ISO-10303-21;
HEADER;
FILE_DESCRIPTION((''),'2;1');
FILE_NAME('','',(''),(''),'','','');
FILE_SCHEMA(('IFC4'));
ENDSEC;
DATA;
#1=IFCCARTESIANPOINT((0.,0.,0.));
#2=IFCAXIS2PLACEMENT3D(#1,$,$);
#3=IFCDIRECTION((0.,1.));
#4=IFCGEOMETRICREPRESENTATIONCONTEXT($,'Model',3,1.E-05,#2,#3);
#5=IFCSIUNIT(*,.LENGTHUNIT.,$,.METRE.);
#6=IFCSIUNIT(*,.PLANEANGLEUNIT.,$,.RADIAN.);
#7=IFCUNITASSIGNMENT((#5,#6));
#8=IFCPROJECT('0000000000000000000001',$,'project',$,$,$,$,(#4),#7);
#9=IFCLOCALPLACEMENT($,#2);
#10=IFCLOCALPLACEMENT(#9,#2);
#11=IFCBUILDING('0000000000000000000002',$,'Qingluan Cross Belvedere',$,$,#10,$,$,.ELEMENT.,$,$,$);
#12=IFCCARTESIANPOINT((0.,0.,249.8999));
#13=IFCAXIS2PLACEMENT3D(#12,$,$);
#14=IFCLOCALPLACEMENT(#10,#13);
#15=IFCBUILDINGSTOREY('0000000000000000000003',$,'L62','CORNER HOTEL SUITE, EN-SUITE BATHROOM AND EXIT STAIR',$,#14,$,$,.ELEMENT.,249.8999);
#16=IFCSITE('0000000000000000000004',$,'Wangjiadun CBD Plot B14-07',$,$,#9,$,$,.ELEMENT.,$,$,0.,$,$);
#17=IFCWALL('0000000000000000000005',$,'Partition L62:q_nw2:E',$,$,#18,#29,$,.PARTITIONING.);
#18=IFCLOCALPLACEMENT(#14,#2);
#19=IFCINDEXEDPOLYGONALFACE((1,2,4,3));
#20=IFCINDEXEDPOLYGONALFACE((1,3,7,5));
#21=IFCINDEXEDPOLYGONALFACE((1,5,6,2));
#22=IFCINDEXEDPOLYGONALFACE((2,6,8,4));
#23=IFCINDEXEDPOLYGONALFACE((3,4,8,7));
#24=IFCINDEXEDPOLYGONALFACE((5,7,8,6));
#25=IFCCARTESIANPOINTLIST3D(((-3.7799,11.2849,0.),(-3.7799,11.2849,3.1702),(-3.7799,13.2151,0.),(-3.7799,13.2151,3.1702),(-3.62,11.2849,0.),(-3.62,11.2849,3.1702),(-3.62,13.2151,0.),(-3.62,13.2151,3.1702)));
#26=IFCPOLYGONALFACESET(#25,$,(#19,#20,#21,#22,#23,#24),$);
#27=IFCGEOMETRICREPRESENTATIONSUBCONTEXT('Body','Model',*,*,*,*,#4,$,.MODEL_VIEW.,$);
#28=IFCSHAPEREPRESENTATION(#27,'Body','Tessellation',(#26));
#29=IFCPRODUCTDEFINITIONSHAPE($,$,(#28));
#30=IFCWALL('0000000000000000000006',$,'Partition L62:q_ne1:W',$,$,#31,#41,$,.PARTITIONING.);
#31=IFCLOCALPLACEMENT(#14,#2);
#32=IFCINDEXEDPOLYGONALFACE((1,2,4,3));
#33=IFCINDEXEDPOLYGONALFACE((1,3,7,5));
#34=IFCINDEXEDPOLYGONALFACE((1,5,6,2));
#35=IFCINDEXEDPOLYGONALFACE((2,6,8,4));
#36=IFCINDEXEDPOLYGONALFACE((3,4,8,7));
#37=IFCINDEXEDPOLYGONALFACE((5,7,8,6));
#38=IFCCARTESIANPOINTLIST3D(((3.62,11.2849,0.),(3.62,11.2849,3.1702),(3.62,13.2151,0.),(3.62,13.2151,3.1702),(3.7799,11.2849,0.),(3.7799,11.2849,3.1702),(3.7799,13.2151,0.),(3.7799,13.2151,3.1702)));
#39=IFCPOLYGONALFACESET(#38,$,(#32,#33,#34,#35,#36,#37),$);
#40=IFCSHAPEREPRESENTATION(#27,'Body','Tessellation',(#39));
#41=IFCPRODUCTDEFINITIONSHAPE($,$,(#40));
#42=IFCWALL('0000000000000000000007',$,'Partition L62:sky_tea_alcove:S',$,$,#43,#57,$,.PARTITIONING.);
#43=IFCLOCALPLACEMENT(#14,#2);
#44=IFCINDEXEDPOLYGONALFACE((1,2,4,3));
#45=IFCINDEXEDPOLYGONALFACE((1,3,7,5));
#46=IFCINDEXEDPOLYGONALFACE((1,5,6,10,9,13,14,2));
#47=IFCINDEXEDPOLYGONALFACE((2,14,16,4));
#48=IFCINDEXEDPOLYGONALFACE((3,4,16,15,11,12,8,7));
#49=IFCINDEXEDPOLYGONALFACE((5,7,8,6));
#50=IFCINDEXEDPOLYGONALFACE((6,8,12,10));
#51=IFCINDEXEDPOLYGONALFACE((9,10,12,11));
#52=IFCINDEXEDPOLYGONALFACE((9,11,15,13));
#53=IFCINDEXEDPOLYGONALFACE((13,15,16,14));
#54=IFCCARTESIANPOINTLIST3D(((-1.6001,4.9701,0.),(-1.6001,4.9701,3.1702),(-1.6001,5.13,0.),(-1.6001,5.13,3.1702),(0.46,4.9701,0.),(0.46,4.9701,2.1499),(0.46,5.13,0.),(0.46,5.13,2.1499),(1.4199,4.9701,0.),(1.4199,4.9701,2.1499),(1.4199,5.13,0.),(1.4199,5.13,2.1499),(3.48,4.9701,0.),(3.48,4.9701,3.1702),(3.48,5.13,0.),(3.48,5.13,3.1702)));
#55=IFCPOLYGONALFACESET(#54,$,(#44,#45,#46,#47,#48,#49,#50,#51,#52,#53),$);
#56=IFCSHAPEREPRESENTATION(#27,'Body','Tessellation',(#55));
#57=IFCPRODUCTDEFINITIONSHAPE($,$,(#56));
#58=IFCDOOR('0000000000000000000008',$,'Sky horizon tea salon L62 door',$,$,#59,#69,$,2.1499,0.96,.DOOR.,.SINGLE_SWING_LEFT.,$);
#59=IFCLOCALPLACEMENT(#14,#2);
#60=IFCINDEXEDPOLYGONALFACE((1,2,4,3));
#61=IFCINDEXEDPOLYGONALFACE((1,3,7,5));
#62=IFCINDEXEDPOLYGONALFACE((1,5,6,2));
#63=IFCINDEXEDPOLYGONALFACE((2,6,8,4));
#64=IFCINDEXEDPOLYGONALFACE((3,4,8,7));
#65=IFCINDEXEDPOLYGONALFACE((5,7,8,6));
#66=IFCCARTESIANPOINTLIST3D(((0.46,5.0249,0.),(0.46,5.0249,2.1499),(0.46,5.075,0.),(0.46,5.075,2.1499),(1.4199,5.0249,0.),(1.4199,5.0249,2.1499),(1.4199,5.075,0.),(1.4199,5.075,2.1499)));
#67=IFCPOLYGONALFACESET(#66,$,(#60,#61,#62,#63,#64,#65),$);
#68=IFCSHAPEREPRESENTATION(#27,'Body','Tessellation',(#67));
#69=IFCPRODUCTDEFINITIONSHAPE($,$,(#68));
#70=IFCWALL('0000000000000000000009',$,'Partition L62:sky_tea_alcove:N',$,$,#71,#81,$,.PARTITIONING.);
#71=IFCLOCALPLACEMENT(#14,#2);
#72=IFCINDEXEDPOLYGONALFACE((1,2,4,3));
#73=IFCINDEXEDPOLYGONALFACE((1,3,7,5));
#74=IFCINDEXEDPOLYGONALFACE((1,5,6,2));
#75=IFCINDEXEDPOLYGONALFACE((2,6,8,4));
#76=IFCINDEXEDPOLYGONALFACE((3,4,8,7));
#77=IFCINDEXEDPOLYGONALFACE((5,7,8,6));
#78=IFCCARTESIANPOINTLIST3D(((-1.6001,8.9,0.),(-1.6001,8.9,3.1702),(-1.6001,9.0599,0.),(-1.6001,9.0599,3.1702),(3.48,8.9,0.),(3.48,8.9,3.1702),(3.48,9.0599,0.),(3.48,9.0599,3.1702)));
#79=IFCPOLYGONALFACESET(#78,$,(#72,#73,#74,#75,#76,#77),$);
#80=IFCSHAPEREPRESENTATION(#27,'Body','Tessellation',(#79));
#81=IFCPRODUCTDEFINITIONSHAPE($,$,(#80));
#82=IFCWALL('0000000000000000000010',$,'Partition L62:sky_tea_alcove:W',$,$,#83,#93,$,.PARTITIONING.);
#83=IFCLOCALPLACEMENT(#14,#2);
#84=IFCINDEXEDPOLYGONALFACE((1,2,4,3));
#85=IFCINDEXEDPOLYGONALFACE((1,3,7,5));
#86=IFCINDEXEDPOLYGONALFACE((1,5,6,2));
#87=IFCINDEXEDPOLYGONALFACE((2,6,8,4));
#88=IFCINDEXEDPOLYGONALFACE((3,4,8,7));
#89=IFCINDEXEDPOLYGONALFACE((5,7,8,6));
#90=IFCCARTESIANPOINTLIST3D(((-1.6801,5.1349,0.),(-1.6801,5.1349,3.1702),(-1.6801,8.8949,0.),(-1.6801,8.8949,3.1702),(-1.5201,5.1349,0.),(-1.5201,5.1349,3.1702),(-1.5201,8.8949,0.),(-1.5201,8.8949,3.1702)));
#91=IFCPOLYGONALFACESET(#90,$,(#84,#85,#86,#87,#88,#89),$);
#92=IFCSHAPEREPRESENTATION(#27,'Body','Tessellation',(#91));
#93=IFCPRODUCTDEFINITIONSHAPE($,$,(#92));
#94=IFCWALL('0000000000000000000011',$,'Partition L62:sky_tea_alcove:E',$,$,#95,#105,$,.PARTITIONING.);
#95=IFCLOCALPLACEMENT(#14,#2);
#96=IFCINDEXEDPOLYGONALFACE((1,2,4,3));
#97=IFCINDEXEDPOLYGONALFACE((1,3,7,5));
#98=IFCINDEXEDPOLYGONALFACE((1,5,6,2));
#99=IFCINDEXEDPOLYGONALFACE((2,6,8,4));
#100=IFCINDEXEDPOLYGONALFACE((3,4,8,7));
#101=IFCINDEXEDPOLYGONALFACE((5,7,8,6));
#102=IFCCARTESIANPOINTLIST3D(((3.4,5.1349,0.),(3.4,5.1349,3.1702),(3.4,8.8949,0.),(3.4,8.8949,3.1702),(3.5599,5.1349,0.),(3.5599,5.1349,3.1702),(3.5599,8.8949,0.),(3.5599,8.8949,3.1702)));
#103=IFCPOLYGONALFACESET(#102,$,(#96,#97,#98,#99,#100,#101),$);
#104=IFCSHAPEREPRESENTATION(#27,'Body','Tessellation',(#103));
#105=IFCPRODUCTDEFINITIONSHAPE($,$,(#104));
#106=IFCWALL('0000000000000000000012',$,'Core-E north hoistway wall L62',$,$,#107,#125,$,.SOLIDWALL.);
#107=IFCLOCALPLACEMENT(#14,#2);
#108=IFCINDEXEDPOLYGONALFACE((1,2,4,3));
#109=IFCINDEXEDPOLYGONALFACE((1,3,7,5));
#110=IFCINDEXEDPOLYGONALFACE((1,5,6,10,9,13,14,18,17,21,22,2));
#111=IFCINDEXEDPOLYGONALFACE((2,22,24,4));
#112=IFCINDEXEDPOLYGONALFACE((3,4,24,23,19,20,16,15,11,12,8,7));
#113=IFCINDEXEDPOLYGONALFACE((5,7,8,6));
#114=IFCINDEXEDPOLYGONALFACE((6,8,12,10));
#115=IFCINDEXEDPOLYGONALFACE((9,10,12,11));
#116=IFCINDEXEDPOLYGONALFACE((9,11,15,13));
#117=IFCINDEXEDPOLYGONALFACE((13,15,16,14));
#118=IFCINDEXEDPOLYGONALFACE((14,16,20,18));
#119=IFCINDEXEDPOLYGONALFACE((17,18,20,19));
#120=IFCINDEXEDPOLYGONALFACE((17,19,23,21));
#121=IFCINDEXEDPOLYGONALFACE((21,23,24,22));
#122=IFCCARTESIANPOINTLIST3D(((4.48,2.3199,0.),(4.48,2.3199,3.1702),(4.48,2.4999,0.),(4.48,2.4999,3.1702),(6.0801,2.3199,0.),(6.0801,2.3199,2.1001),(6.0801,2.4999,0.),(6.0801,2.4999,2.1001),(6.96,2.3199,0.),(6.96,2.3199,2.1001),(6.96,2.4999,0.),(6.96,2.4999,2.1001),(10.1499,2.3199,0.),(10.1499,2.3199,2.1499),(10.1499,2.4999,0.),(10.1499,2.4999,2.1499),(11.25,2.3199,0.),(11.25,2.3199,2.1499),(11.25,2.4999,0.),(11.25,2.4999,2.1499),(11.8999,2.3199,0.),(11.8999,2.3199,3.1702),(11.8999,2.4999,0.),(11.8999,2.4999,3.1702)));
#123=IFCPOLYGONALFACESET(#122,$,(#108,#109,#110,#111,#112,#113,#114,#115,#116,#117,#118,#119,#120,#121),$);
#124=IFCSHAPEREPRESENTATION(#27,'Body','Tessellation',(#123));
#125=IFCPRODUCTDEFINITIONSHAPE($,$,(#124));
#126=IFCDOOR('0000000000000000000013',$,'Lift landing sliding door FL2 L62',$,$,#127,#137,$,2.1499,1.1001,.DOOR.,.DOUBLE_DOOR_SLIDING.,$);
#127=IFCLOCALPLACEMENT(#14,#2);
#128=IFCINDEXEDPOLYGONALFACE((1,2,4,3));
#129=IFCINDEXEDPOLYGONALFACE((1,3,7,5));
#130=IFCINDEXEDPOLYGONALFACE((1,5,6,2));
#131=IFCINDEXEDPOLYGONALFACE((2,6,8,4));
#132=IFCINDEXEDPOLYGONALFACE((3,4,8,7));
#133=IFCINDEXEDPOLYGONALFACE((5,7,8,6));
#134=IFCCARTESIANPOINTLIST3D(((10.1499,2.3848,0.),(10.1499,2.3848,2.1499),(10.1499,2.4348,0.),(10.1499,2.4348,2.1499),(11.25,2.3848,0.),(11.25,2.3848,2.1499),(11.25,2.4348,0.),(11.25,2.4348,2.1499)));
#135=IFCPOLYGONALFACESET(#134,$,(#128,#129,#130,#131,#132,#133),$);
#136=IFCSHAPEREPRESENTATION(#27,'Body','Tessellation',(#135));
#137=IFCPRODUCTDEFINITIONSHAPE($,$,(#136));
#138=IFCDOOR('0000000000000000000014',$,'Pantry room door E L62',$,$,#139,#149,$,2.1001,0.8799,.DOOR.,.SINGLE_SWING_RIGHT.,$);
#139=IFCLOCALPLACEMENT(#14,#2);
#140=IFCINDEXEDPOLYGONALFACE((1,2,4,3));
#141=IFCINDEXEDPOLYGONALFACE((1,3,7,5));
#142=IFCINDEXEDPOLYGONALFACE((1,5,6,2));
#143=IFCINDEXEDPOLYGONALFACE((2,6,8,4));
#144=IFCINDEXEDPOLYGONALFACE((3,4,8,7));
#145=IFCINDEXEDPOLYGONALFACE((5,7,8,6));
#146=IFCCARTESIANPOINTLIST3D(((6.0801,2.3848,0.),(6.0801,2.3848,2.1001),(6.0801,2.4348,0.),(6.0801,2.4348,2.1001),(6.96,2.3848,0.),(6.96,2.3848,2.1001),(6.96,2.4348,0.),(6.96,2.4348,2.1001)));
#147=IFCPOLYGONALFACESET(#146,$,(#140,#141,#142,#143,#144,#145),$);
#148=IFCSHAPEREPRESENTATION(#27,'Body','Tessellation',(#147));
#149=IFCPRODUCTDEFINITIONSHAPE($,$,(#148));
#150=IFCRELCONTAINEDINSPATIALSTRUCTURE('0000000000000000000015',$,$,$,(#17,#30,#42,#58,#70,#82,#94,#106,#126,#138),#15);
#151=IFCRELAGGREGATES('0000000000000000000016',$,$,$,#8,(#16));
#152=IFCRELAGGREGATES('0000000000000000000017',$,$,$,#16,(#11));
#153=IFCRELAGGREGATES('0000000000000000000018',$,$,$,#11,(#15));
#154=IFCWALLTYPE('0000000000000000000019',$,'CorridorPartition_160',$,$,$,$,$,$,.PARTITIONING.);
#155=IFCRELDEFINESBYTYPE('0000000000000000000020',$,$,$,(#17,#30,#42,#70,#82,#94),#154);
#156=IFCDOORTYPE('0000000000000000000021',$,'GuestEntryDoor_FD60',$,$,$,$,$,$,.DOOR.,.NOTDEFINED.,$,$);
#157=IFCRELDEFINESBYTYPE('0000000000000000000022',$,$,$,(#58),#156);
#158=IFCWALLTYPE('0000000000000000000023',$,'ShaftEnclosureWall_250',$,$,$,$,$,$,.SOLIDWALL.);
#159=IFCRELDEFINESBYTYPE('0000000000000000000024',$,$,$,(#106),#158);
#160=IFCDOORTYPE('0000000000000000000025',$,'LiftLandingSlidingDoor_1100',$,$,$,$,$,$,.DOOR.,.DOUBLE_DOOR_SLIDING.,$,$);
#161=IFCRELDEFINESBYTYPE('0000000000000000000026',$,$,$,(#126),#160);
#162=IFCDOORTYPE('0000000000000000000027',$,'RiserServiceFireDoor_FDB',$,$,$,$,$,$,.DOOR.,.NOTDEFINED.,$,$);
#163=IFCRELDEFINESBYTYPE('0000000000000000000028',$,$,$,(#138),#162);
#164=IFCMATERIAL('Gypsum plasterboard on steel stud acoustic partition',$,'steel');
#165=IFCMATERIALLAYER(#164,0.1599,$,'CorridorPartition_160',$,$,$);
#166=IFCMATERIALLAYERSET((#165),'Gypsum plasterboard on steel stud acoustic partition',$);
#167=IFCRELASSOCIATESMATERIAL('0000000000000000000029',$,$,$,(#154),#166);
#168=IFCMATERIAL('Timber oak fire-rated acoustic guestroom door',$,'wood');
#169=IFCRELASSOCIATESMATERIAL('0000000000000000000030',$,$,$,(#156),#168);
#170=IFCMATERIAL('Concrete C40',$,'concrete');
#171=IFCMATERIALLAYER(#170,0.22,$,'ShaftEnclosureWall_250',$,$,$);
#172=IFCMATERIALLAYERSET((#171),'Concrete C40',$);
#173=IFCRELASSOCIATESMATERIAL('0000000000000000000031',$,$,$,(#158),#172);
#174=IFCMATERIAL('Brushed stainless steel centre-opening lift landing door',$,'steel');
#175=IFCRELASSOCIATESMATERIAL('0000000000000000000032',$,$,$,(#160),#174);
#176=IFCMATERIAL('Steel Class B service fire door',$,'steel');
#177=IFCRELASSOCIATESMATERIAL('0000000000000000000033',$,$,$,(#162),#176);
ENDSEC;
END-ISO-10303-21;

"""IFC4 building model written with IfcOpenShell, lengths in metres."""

from ifc_helpers import new_model, si_unit, direction, frame, frame_2d, origin, place, context, subcontext, project, spatial, rectangle, extrude, material, layer, layer_set, type_object, element, fill, save


model = new_model("IFC4")

# Units and contexts
model_context = context("Model", 3, precision=1e-05, world=origin(), true_north=direction((0.0, 1.0)))
body_context = subcontext(model_context, "Body", "Model", "MODEL_VIEW")
ifc_project = project(units=[si_unit("LENGTHUNIT", "METRE"), si_unit("PLANEANGLEUNIT", "RADIAN")], contexts=[model_context])

# Site, building, storey
site_placement = place(None, origin())
site = spatial("IfcSite", under=ifc_project, at=site_placement, Name="Wangjiadun CBD Plot B14-07", CompositionType="ELEMENT", RefElevation=0.0)
building_placement = place(site_placement, origin())
building = spatial("IfcBuilding", under=site, at=building_placement, Name="Qingluan Cross Belvedere", CompositionType="ELEMENT")
storey_placement = place(building_placement, frame((0.0, 0.0, 249.8999)))
storey = spatial("IfcBuildingStorey", under=building, at=storey_placement, Name="L62", Description="CORNER HOTEL SUITE, EN-SUITE BATHROOM AND EXIT STAIR", CompositionType="ELEMENT", Elevation=249.8999)

# Wall
ifc_material_1 = material(Name="Gypsum plasterboard on steel stud acoustic partition", Category="steel")
ifc_layer_1 = layer(ifc_material_1, 0.1599, Name="CorridorPartition_160")
ifc_layer_set_1 = layer_set([ifc_layer_1], Name="Gypsum plasterboard on steel stud acoustic partition")
wall_type_1 = type_object("IfcWallType", Name="CorridorPartition_160", PredefinedType="PARTITIONING", material=ifc_layer_set_1)
wall_1_placement = place(storey_placement, frame((-3.7, 11.2849, 0.0), z_axis=(0.0, 0.0, 1.0), x_axis=(0.0, 1.0, 0.0)))
element("IfcWall", 1, at=wall_1_placement, inside=storey, type_object=wall_type_1, Name="Partition L62:q_nw2:E", PredefinedType="PARTITIONING", context=body_context, shape_type="SweptSolid", body=[
    extrude(rectangle(XDim=1.9302, YDim=0.1599, at=frame_2d((0.9651, 0.0))), origin(), (0.0, 0.0, 1.0), 3.1702),
])

# Shared definitions
ifc_material_2 = material(Name="Timber oak fire-rated acoustic guestroom door", Category="wood")
door_type_1 = type_object("IfcDoorType", Name="GuestEntryDoor_FD60", OperationType="NOTDEFINED", PredefinedType="DOOR", material=ifc_material_2)

# Wall
wall_2_placement = place(storey_placement, frame((3.7, 11.2849, 0.0), z_axis=(0.0, 0.0, 1.0), x_axis=(0.0, 1.0, 0.0)))
element("IfcWall", 2, at=wall_2_placement, inside=storey, type_object=wall_type_1, Name="Partition L62:q_ne1:W", PredefinedType="PARTITIONING", context=body_context, shape_type="SweptSolid", body=[
    extrude(rectangle(XDim=1.9302, YDim=0.1599, at=frame_2d((0.9651, 0.0))), origin(), (0.0, 0.0, 1.0), 3.1702),
])

# Wall, opening, door
wall_3_placement = place(storey_placement, frame((-1.6001, 5.05, 0.0), z_axis=(0.0, 0.0, 1.0), x_axis=(1.0, 0.0, 0.0)))
wall_3 = element("IfcWall", 3, at=wall_3_placement, inside=storey, type_object=wall_type_1, Name="Partition L62:sky_tea_alcove:S", PredefinedType="PARTITIONING", context=body_context, shape_type="SweptSolid", body=[
    extrude(rectangle(XDim=5.0801, YDim=0.1599, at=frame_2d((2.54, 0.0))), origin(), (0.0, 0.0, 1.0), 3.1702),
])
opening_1_placement = place(wall_3_placement, frame((2.0601, 0.0, 0.0)))
opening_1 = element("IfcOpeningElement", 4, at=opening_1_placement, cuts=wall_3, PredefinedType="OPENING", context=body_context, shape_type="SweptSolid", body=[
    extrude(rectangle(XDim=0.96, YDim=2.1499, at=frame_2d((0.48, 1.075))), frame((0.0, 0.0898, 0.0), z_axis=(0.0, -1.0, 0.0), x_axis=(1.0, 0.0, 0.0)), (0.0, 0.0, 1.0), 0.1799),
])
door_1_placement = place(opening_1_placement, origin())
door_1 = element("IfcDoor", 5, at=door_1_placement, inside=storey, type_object=door_type_1, Name="Sky horizon tea salon L62 door", OperationType="SINGLE_SWING_LEFT", OverallHeight=2.1499, OverallWidth=0.96, PredefinedType="DOOR", context=body_context, shape_type="SweptSolid", body=[
    extrude(rectangle(XDim=0.96, YDim=2.1499, at=frame_2d((0.48, 1.075))), frame((0.0, 0.0249, 0.0), z_axis=(0.0, -1.0, 0.0), x_axis=(1.0, 0.0, 0.0)), (0.0, 0.0, 1.0), 0.05),
])
fill(opening_1, door_1)

# Walls
wall_4_placement = place(storey_placement, frame((-1.6001, 8.98, 0.0), z_axis=(0.0, 0.0, 1.0), x_axis=(1.0, 0.0, 0.0)))
element("IfcWall", 6, at=wall_4_placement, inside=storey, type_object=wall_type_1, Name="Partition L62:sky_tea_alcove:N", PredefinedType="PARTITIONING", context=body_context, shape_type="SweptSolid", body=[
    extrude(rectangle(XDim=5.0801, YDim=0.1599, at=frame_2d((2.54, 0.0))), origin(), (0.0, 0.0, 1.0), 3.1702),
])
for number, where, z_axis, x_axis, name in (
    (7, (-1.6001, 5.135, 0.0), (0.0, 0.0, 1.0), (0.0, 1.0, 0.0), "Partition L62:sky_tea_alcove:W"),
    (8, (3.48, 5.135, 0.0), (0.0, 0.0, 1.0), (0.0, 1.0, 0.0), "Partition L62:sky_tea_alcove:E"),
):
    element("IfcWall", number, at=place(storey_placement, frame(where, z_axis=z_axis, x_axis=x_axis)), inside=storey, type_object=wall_type_1, Name=name, PredefinedType="PARTITIONING", context=body_context, shape_type="SweptSolid", body=[
        extrude(rectangle(XDim=3.76, YDim=0.1599, at=frame_2d((1.8799, 0.0))), origin(), (0.0, 0.0, 1.0), 3.1702),
    ])

# Wall, openings, doors
ifc_material_3 = material(Name="Concrete C40", Category="concrete")
ifc_layer_2 = layer(ifc_material_3, 0.22, Name="ShaftEnclosureWall_250")
ifc_layer_set_2 = layer_set([ifc_layer_2], Name="Concrete C40")
wall_type_2 = type_object("IfcWallType", Name="ShaftEnclosureWall_250", PredefinedType="SOLIDWALL", material=ifc_layer_set_2)
wall_5_placement = place(storey_placement, frame((4.48, 2.4099, 0.0), z_axis=(0.0, 0.0, 1.0), x_axis=(1.0, 0.0, 0.0)))
wall_5 = element("IfcWall", 9, at=wall_5_placement, inside=storey, type_object=wall_type_2, Name="Core-E north hoistway wall L62", PredefinedType="SOLIDWALL", context=body_context, shape_type="SweptSolid", body=[
    extrude(rectangle(XDim=7.4199, YDim=0.1799, at=frame_2d((3.71, 0.0))), origin(), (0.0, 0.0, 1.0), 3.1702),
])
opening_2_placement = place(wall_5_placement, frame((5.6699, 0.0, 0.0)))
opening_2 = element("IfcOpeningElement", 10, at=opening_2_placement, cuts=wall_5, PredefinedType="OPENING", context=body_context, shape_type="SweptSolid", body=[
    extrude(rectangle(XDim=1.1001, YDim=2.1499, at=frame_2d((0.55, 1.075))), frame((0.0, 0.0999, 0.0), z_axis=(0.0, -1.0, 0.0), x_axis=(1.0, 0.0, 0.0)), (0.0, 0.0, 1.0), 0.2),
])
opening_3_placement = place(wall_5_placement, frame((1.6001, 0.0, 0.0)))
opening_3 = element("IfcOpeningElement", 11, at=opening_3_placement, cuts=wall_5, PredefinedType="OPENING", context=body_context, shape_type="SweptSolid", body=[
    extrude(rectangle(XDim=0.8799, YDim=2.1001, at=frame_2d((0.4399, 1.05))), frame((0.0, 0.0999, 0.0), z_axis=(0.0, -1.0, 0.0), x_axis=(1.0, 0.0, 0.0)), (0.0, 0.0, 1.0), 0.2),
])
ifc_material_4 = material(Name="Brushed stainless steel centre-opening lift landing door", Category="steel")
door_type_2 = type_object("IfcDoorType", Name="LiftLandingSlidingDoor_1100", OperationType="DOUBLE_DOOR_SLIDING", PredefinedType="DOOR", material=ifc_material_4)
door_2_placement = place(opening_2_placement, origin())
door_2 = element("IfcDoor", 12, at=door_2_placement, inside=storey, type_object=door_type_2, Name="Lift landing sliding door FL2 L62", OperationType="DOUBLE_DOOR_SLIDING", OverallHeight=2.1499, OverallWidth=1.1001, PredefinedType="DOOR", context=body_context, shape_type="SweptSolid", body=[
    extrude(rectangle(XDim=1.1001, YDim=2.1499, at=frame_2d((0.55, 1.075))), frame((0.0, 0.0249, 0.0), z_axis=(0.0, -1.0, 0.0), x_axis=(1.0, 0.0, 0.0)), (0.0, 0.0, 1.0), 0.05),
])
fill(opening_2, door_2)
ifc_material_5 = material(Name="Steel Class B service fire door", Category="steel")
door_type_3 = type_object("IfcDoorType", Name="RiserServiceFireDoor_FDB", OperationType="NOTDEFINED", PredefinedType="DOOR", material=ifc_material_5)
door_3_placement = place(opening_3_placement, origin())
door_3 = element("IfcDoor", 13, at=door_3_placement, inside=storey, type_object=door_type_3, Name="Pantry room door E L62", OperationType="SINGLE_SWING_RIGHT", OverallHeight=2.1001, OverallWidth=0.8799, PredefinedType="DOOR", context=body_context, shape_type="SweptSolid", body=[
    extrude(rectangle(XDim=0.8799, YDim=2.1001, at=frame_2d((0.4399, 1.05))), frame((0.0, 0.0249, 0.0), z_axis=(0.0, -1.0, 0.0), x_axis=(1.0, 0.0, 0.0)), (0.0, 0.0, 1.0), 0.05),
])
fill(opening_3, door_3)

save(model, "model.ifc")
